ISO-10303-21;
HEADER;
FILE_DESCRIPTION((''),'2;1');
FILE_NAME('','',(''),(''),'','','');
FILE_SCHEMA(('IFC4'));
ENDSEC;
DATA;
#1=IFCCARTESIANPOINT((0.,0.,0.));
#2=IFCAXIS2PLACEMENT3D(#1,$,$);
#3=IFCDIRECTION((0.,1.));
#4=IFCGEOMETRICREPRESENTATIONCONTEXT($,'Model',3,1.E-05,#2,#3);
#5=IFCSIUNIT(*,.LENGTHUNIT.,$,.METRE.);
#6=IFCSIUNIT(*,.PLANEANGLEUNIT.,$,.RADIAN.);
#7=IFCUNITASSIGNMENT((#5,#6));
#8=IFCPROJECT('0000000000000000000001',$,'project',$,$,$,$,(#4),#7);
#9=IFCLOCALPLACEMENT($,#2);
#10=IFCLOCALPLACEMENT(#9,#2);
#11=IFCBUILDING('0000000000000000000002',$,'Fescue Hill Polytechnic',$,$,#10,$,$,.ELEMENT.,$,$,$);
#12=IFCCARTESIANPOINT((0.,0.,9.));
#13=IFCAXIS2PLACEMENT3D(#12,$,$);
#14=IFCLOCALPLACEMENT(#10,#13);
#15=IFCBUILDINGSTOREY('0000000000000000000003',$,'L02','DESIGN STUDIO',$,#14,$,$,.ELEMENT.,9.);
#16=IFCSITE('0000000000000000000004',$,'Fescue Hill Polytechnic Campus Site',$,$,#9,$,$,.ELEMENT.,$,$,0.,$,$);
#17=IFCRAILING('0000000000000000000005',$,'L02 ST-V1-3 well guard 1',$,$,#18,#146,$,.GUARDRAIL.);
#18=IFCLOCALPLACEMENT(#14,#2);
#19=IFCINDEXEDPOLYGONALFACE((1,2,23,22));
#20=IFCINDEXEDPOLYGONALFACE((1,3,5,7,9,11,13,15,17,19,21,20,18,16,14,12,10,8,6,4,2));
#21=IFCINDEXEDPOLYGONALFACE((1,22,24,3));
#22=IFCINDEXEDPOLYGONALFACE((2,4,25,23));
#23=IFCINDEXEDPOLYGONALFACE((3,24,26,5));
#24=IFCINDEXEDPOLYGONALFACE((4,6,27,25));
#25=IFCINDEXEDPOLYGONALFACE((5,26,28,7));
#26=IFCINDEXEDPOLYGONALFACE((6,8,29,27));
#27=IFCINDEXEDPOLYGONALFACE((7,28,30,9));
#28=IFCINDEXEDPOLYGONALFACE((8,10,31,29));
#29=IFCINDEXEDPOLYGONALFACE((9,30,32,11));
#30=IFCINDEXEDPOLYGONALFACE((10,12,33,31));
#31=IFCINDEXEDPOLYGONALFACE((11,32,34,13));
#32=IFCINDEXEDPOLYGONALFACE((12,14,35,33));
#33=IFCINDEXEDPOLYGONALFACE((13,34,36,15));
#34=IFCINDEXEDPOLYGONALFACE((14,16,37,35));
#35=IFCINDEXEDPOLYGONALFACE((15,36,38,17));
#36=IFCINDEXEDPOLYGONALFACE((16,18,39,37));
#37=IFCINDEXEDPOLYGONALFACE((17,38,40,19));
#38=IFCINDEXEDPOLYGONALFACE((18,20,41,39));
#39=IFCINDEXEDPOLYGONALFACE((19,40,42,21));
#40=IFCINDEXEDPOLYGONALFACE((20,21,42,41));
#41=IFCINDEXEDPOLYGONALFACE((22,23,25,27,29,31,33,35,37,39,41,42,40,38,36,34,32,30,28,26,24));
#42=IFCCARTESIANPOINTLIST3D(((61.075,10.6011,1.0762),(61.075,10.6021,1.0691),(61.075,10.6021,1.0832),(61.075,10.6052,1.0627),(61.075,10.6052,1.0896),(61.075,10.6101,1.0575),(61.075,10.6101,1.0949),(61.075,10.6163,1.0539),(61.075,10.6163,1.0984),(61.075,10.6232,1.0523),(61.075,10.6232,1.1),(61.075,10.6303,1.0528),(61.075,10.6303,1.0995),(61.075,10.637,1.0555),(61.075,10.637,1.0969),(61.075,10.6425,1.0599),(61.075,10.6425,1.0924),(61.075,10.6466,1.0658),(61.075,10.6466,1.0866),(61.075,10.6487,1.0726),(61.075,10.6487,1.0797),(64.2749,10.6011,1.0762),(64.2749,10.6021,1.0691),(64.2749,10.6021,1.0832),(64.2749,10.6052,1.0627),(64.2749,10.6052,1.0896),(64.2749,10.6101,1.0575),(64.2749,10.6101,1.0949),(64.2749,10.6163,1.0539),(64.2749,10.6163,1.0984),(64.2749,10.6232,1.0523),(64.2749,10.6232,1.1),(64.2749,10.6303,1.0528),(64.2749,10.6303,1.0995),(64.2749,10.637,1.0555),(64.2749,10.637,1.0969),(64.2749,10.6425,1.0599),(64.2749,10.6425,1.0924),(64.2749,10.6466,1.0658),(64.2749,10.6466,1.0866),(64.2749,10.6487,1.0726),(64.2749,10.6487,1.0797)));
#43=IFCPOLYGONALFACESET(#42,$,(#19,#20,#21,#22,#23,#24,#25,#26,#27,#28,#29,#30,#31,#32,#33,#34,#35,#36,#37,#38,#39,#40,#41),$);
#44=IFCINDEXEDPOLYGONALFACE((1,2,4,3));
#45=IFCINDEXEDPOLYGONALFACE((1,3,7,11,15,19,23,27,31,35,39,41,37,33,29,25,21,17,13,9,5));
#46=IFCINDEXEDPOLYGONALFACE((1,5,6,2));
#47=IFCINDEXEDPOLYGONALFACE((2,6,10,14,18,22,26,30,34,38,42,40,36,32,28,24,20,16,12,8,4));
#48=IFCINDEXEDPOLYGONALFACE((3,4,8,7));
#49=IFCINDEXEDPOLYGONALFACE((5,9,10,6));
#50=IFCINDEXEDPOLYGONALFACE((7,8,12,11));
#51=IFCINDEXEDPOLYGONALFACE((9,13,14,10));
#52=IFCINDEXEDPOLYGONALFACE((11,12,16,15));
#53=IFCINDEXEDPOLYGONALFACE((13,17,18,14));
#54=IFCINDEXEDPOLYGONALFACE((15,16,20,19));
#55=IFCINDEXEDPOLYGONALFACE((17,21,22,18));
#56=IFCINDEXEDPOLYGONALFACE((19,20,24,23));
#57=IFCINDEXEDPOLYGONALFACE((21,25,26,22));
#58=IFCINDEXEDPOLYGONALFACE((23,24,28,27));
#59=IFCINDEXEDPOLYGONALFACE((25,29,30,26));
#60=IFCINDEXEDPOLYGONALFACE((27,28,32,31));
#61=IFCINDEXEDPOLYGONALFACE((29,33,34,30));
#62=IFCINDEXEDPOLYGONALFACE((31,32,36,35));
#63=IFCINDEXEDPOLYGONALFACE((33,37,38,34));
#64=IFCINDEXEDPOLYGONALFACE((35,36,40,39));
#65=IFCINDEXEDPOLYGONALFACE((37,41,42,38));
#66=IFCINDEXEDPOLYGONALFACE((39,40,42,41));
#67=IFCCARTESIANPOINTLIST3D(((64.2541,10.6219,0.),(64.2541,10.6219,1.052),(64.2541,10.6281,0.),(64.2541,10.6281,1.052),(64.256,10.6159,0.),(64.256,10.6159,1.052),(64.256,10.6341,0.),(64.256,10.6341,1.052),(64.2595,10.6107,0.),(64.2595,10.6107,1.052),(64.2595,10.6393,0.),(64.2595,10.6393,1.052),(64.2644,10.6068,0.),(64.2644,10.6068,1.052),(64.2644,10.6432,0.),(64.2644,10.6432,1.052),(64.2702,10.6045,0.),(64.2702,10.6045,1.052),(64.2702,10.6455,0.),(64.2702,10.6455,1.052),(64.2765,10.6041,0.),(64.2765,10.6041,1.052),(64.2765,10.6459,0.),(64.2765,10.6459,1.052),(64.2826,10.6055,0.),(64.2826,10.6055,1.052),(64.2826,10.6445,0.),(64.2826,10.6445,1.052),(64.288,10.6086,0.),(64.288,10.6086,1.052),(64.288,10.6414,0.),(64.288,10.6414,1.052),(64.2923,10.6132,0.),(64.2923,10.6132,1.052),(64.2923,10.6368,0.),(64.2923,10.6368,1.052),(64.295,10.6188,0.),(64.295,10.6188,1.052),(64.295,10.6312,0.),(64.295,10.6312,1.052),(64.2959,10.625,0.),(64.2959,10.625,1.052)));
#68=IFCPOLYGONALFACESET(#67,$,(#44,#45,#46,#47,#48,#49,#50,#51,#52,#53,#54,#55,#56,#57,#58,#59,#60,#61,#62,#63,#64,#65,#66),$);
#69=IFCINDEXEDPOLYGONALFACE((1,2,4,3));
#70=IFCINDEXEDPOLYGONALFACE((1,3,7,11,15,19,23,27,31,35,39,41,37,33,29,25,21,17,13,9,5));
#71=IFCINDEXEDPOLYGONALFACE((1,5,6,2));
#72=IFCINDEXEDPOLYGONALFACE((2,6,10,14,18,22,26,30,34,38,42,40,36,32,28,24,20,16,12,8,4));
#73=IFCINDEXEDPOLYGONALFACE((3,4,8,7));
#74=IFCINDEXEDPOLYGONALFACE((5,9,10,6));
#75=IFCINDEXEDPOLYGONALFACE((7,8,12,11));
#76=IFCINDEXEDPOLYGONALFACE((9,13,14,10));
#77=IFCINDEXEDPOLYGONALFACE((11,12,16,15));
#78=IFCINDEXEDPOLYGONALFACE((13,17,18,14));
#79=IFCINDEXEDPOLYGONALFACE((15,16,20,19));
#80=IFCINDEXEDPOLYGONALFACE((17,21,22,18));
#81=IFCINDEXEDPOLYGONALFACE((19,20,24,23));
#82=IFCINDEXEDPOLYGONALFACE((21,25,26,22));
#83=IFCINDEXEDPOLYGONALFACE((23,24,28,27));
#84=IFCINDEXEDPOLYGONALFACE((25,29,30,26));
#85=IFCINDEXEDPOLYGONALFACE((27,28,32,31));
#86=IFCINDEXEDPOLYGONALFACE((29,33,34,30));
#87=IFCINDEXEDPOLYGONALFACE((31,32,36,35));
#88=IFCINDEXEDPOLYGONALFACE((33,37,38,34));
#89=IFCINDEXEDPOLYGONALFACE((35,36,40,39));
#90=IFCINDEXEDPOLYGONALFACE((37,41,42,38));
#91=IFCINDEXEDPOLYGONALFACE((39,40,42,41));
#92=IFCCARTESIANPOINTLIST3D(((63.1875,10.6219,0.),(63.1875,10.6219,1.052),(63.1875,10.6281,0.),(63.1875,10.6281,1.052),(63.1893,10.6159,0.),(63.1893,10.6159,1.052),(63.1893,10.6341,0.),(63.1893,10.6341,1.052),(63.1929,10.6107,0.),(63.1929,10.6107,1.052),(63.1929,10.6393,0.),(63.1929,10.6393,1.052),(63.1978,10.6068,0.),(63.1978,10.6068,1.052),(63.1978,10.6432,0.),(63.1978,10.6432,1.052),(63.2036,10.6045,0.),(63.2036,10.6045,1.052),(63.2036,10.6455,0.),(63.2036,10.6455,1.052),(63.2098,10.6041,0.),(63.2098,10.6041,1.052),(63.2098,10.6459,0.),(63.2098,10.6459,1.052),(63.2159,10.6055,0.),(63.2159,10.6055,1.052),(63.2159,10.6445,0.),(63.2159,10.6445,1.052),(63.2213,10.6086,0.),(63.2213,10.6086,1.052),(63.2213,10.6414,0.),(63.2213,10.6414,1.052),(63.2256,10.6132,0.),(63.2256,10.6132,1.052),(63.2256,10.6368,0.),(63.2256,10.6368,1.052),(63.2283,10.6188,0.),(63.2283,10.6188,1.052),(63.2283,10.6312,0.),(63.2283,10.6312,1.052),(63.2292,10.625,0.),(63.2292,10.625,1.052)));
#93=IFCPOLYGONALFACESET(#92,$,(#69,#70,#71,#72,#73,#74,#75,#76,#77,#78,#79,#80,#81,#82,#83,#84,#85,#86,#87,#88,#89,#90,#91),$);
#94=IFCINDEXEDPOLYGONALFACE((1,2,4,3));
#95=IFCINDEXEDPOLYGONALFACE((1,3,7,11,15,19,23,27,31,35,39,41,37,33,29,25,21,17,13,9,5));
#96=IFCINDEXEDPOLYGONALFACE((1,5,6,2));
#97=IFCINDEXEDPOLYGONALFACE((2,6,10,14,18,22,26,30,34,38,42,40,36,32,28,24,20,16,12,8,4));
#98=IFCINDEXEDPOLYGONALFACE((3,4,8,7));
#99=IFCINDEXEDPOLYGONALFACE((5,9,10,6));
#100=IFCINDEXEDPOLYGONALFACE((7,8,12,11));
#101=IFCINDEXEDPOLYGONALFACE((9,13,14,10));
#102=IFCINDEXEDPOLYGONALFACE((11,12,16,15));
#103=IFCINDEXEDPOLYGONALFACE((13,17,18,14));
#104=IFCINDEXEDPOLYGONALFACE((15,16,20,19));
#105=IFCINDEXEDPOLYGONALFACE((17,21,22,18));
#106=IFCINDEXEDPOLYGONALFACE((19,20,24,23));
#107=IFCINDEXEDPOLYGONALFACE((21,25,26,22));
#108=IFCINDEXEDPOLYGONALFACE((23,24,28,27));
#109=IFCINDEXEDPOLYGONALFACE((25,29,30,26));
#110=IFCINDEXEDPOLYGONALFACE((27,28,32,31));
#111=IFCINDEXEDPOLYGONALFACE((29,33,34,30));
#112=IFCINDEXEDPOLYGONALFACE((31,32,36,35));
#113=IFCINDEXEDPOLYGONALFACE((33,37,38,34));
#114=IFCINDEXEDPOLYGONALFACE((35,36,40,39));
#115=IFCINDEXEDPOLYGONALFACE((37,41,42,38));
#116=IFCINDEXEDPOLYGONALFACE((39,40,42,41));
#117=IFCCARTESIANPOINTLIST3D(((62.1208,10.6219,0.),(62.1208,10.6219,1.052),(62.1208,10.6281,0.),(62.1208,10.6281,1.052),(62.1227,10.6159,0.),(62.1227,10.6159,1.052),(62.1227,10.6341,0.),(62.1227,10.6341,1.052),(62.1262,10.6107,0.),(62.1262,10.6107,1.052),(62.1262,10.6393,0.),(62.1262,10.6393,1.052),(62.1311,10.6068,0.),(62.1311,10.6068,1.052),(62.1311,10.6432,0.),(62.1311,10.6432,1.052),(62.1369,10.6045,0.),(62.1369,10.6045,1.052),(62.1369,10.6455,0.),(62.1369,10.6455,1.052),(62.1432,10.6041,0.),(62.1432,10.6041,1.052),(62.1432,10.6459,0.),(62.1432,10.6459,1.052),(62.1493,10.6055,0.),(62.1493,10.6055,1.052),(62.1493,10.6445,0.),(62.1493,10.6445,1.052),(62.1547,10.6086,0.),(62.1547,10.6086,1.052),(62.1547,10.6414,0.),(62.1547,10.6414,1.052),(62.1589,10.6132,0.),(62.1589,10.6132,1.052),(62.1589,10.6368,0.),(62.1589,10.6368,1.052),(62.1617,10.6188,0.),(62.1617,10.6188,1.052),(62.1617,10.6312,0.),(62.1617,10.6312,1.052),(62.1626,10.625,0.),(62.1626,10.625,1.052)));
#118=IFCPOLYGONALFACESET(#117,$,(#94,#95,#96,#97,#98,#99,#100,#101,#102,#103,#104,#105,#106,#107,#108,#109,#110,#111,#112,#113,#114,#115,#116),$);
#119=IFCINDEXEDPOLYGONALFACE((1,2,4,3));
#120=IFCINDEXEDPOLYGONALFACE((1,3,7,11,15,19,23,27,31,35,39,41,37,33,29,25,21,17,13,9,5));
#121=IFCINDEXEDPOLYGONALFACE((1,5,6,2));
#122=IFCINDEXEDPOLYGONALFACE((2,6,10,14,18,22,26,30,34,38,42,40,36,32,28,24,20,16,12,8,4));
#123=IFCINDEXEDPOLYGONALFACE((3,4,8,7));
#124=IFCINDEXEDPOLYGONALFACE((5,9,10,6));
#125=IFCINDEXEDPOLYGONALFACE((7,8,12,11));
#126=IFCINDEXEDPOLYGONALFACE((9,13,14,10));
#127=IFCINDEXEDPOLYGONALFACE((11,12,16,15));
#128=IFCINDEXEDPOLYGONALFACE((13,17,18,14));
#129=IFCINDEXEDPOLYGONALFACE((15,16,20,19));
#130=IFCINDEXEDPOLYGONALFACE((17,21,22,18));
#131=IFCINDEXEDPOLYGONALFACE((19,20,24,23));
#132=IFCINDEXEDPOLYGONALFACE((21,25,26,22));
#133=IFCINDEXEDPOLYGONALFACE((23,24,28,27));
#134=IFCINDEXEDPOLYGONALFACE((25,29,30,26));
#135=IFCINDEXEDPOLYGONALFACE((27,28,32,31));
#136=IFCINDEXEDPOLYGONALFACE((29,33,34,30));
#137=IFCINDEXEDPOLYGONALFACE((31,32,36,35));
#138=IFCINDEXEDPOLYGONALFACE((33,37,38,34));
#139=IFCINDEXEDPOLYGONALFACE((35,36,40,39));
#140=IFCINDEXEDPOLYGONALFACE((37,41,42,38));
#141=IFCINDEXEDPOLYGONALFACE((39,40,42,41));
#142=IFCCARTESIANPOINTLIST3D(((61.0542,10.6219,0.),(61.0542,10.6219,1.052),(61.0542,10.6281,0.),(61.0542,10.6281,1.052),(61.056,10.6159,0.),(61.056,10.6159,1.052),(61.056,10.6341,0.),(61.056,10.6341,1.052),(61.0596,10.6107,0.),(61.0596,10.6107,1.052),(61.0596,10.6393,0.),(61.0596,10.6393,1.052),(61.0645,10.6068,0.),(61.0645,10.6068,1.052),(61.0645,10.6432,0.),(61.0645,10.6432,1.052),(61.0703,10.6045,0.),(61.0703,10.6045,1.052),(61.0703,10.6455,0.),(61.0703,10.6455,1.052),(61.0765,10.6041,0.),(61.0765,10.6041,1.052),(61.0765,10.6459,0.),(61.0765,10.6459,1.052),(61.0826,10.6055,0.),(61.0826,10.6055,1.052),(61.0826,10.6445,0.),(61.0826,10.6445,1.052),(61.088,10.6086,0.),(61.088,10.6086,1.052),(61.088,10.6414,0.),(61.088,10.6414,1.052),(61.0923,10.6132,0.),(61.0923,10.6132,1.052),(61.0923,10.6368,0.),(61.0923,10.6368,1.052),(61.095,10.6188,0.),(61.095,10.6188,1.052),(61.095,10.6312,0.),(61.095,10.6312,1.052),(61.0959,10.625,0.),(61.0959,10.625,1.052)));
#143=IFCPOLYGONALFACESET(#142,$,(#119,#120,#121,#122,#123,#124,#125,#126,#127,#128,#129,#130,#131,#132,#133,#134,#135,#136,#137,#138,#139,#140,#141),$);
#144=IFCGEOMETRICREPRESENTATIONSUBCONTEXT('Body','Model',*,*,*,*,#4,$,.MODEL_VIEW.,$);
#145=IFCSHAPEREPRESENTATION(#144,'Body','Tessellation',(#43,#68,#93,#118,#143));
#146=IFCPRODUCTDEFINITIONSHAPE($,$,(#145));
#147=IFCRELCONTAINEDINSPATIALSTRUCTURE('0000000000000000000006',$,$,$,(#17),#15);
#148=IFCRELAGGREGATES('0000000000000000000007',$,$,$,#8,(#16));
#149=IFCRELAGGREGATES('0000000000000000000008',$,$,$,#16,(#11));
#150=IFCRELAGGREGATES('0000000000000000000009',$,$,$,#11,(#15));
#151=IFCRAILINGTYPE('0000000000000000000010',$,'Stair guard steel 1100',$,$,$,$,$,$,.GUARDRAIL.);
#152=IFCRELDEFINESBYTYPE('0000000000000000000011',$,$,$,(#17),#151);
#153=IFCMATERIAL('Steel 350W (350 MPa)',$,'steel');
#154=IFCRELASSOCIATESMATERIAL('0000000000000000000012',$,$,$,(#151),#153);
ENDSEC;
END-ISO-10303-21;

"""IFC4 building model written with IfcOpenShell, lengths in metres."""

from ifc_helpers import new_model, si_unit, direction, frame, origin, origin_2d, place, context, subcontext, project, spatial, circle, extrude, material, type_object, element, save


model = new_model("IFC4")

# Units and contexts
model_context = context("Model", 3, precision=1e-05, world=origin(), true_north=direction((0.0, 1.0)))
body_context = subcontext(model_context, "Body", "Model", "MODEL_VIEW")
ifc_project = project(units=[si_unit("LENGTHUNIT", "METRE"), si_unit("PLANEANGLEUNIT", "RADIAN")], contexts=[model_context])

# Site, building, storey
site_placement = place(None, origin())
site = spatial("IfcSite", under=ifc_project, at=site_placement, Name="Fescue Hill Polytechnic Campus Site", CompositionType="ELEMENT", RefElevation=0.0)
building_placement = place(site_placement, origin())
building = spatial("IfcBuilding", under=site, at=building_placement, Name="Fescue Hill Polytechnic", CompositionType="ELEMENT")
storey_placement = place(building_placement, frame((0.0, 0.0, 9.0)))
storey = spatial("IfcBuildingStorey", under=building, at=storey_placement, Name="L02", Description="DESIGN STUDIO", CompositionType="ELEMENT", Elevation=9.0)

# Shared definitions
ifc_material_1 = material(Name="Steel 350W (350 MPa)", Category="steel")

# Railing
railing_type = type_object("IfcRailingType", Name="Stair guard steel 1100", PredefinedType="GUARDRAIL", material=ifc_material_1)
railing_placement = place(storey_placement, frame((64.2749, 10.625, 0.0)))
element("IfcRailing", 1, at=railing_placement, inside=storey, type_object=railing_type, Name="L02 ST-V1-3 well guard 1", PredefinedType="GUARDRAIL", context=body_context, shape_type="SweptSolid", body=[
    extrude(circle(Radius=0.0239, at=origin_2d()), frame((0.0, 0.0, 1.0762), z_axis=(-1.0, 0.0, 0.0), x_axis=(0.0, -1.0, 0.0)), (0.0, 0.0, 1.0), 3.2),
    extrude(circle(Radius=0.021, at=origin_2d()), origin(), (0.0, 0.0, 1.0), 1.052),
    extrude(circle(Radius=0.021, at=origin_2d()), frame((-1.0667, 0.0, 0.0)), (0.0, 0.0, 1.0), 1.052),
    extrude(circle(Radius=0.021, at=origin_2d()), frame((-2.1333, 0.0, 0.0)), (0.0, 0.0, 1.0), 1.052),
    extrude(circle(Radius=0.021, at=origin_2d()), frame((-3.2, 0.0, 0.0)), (0.0, 0.0, 1.0), 1.052),
])

save(model, "model.ifc")
